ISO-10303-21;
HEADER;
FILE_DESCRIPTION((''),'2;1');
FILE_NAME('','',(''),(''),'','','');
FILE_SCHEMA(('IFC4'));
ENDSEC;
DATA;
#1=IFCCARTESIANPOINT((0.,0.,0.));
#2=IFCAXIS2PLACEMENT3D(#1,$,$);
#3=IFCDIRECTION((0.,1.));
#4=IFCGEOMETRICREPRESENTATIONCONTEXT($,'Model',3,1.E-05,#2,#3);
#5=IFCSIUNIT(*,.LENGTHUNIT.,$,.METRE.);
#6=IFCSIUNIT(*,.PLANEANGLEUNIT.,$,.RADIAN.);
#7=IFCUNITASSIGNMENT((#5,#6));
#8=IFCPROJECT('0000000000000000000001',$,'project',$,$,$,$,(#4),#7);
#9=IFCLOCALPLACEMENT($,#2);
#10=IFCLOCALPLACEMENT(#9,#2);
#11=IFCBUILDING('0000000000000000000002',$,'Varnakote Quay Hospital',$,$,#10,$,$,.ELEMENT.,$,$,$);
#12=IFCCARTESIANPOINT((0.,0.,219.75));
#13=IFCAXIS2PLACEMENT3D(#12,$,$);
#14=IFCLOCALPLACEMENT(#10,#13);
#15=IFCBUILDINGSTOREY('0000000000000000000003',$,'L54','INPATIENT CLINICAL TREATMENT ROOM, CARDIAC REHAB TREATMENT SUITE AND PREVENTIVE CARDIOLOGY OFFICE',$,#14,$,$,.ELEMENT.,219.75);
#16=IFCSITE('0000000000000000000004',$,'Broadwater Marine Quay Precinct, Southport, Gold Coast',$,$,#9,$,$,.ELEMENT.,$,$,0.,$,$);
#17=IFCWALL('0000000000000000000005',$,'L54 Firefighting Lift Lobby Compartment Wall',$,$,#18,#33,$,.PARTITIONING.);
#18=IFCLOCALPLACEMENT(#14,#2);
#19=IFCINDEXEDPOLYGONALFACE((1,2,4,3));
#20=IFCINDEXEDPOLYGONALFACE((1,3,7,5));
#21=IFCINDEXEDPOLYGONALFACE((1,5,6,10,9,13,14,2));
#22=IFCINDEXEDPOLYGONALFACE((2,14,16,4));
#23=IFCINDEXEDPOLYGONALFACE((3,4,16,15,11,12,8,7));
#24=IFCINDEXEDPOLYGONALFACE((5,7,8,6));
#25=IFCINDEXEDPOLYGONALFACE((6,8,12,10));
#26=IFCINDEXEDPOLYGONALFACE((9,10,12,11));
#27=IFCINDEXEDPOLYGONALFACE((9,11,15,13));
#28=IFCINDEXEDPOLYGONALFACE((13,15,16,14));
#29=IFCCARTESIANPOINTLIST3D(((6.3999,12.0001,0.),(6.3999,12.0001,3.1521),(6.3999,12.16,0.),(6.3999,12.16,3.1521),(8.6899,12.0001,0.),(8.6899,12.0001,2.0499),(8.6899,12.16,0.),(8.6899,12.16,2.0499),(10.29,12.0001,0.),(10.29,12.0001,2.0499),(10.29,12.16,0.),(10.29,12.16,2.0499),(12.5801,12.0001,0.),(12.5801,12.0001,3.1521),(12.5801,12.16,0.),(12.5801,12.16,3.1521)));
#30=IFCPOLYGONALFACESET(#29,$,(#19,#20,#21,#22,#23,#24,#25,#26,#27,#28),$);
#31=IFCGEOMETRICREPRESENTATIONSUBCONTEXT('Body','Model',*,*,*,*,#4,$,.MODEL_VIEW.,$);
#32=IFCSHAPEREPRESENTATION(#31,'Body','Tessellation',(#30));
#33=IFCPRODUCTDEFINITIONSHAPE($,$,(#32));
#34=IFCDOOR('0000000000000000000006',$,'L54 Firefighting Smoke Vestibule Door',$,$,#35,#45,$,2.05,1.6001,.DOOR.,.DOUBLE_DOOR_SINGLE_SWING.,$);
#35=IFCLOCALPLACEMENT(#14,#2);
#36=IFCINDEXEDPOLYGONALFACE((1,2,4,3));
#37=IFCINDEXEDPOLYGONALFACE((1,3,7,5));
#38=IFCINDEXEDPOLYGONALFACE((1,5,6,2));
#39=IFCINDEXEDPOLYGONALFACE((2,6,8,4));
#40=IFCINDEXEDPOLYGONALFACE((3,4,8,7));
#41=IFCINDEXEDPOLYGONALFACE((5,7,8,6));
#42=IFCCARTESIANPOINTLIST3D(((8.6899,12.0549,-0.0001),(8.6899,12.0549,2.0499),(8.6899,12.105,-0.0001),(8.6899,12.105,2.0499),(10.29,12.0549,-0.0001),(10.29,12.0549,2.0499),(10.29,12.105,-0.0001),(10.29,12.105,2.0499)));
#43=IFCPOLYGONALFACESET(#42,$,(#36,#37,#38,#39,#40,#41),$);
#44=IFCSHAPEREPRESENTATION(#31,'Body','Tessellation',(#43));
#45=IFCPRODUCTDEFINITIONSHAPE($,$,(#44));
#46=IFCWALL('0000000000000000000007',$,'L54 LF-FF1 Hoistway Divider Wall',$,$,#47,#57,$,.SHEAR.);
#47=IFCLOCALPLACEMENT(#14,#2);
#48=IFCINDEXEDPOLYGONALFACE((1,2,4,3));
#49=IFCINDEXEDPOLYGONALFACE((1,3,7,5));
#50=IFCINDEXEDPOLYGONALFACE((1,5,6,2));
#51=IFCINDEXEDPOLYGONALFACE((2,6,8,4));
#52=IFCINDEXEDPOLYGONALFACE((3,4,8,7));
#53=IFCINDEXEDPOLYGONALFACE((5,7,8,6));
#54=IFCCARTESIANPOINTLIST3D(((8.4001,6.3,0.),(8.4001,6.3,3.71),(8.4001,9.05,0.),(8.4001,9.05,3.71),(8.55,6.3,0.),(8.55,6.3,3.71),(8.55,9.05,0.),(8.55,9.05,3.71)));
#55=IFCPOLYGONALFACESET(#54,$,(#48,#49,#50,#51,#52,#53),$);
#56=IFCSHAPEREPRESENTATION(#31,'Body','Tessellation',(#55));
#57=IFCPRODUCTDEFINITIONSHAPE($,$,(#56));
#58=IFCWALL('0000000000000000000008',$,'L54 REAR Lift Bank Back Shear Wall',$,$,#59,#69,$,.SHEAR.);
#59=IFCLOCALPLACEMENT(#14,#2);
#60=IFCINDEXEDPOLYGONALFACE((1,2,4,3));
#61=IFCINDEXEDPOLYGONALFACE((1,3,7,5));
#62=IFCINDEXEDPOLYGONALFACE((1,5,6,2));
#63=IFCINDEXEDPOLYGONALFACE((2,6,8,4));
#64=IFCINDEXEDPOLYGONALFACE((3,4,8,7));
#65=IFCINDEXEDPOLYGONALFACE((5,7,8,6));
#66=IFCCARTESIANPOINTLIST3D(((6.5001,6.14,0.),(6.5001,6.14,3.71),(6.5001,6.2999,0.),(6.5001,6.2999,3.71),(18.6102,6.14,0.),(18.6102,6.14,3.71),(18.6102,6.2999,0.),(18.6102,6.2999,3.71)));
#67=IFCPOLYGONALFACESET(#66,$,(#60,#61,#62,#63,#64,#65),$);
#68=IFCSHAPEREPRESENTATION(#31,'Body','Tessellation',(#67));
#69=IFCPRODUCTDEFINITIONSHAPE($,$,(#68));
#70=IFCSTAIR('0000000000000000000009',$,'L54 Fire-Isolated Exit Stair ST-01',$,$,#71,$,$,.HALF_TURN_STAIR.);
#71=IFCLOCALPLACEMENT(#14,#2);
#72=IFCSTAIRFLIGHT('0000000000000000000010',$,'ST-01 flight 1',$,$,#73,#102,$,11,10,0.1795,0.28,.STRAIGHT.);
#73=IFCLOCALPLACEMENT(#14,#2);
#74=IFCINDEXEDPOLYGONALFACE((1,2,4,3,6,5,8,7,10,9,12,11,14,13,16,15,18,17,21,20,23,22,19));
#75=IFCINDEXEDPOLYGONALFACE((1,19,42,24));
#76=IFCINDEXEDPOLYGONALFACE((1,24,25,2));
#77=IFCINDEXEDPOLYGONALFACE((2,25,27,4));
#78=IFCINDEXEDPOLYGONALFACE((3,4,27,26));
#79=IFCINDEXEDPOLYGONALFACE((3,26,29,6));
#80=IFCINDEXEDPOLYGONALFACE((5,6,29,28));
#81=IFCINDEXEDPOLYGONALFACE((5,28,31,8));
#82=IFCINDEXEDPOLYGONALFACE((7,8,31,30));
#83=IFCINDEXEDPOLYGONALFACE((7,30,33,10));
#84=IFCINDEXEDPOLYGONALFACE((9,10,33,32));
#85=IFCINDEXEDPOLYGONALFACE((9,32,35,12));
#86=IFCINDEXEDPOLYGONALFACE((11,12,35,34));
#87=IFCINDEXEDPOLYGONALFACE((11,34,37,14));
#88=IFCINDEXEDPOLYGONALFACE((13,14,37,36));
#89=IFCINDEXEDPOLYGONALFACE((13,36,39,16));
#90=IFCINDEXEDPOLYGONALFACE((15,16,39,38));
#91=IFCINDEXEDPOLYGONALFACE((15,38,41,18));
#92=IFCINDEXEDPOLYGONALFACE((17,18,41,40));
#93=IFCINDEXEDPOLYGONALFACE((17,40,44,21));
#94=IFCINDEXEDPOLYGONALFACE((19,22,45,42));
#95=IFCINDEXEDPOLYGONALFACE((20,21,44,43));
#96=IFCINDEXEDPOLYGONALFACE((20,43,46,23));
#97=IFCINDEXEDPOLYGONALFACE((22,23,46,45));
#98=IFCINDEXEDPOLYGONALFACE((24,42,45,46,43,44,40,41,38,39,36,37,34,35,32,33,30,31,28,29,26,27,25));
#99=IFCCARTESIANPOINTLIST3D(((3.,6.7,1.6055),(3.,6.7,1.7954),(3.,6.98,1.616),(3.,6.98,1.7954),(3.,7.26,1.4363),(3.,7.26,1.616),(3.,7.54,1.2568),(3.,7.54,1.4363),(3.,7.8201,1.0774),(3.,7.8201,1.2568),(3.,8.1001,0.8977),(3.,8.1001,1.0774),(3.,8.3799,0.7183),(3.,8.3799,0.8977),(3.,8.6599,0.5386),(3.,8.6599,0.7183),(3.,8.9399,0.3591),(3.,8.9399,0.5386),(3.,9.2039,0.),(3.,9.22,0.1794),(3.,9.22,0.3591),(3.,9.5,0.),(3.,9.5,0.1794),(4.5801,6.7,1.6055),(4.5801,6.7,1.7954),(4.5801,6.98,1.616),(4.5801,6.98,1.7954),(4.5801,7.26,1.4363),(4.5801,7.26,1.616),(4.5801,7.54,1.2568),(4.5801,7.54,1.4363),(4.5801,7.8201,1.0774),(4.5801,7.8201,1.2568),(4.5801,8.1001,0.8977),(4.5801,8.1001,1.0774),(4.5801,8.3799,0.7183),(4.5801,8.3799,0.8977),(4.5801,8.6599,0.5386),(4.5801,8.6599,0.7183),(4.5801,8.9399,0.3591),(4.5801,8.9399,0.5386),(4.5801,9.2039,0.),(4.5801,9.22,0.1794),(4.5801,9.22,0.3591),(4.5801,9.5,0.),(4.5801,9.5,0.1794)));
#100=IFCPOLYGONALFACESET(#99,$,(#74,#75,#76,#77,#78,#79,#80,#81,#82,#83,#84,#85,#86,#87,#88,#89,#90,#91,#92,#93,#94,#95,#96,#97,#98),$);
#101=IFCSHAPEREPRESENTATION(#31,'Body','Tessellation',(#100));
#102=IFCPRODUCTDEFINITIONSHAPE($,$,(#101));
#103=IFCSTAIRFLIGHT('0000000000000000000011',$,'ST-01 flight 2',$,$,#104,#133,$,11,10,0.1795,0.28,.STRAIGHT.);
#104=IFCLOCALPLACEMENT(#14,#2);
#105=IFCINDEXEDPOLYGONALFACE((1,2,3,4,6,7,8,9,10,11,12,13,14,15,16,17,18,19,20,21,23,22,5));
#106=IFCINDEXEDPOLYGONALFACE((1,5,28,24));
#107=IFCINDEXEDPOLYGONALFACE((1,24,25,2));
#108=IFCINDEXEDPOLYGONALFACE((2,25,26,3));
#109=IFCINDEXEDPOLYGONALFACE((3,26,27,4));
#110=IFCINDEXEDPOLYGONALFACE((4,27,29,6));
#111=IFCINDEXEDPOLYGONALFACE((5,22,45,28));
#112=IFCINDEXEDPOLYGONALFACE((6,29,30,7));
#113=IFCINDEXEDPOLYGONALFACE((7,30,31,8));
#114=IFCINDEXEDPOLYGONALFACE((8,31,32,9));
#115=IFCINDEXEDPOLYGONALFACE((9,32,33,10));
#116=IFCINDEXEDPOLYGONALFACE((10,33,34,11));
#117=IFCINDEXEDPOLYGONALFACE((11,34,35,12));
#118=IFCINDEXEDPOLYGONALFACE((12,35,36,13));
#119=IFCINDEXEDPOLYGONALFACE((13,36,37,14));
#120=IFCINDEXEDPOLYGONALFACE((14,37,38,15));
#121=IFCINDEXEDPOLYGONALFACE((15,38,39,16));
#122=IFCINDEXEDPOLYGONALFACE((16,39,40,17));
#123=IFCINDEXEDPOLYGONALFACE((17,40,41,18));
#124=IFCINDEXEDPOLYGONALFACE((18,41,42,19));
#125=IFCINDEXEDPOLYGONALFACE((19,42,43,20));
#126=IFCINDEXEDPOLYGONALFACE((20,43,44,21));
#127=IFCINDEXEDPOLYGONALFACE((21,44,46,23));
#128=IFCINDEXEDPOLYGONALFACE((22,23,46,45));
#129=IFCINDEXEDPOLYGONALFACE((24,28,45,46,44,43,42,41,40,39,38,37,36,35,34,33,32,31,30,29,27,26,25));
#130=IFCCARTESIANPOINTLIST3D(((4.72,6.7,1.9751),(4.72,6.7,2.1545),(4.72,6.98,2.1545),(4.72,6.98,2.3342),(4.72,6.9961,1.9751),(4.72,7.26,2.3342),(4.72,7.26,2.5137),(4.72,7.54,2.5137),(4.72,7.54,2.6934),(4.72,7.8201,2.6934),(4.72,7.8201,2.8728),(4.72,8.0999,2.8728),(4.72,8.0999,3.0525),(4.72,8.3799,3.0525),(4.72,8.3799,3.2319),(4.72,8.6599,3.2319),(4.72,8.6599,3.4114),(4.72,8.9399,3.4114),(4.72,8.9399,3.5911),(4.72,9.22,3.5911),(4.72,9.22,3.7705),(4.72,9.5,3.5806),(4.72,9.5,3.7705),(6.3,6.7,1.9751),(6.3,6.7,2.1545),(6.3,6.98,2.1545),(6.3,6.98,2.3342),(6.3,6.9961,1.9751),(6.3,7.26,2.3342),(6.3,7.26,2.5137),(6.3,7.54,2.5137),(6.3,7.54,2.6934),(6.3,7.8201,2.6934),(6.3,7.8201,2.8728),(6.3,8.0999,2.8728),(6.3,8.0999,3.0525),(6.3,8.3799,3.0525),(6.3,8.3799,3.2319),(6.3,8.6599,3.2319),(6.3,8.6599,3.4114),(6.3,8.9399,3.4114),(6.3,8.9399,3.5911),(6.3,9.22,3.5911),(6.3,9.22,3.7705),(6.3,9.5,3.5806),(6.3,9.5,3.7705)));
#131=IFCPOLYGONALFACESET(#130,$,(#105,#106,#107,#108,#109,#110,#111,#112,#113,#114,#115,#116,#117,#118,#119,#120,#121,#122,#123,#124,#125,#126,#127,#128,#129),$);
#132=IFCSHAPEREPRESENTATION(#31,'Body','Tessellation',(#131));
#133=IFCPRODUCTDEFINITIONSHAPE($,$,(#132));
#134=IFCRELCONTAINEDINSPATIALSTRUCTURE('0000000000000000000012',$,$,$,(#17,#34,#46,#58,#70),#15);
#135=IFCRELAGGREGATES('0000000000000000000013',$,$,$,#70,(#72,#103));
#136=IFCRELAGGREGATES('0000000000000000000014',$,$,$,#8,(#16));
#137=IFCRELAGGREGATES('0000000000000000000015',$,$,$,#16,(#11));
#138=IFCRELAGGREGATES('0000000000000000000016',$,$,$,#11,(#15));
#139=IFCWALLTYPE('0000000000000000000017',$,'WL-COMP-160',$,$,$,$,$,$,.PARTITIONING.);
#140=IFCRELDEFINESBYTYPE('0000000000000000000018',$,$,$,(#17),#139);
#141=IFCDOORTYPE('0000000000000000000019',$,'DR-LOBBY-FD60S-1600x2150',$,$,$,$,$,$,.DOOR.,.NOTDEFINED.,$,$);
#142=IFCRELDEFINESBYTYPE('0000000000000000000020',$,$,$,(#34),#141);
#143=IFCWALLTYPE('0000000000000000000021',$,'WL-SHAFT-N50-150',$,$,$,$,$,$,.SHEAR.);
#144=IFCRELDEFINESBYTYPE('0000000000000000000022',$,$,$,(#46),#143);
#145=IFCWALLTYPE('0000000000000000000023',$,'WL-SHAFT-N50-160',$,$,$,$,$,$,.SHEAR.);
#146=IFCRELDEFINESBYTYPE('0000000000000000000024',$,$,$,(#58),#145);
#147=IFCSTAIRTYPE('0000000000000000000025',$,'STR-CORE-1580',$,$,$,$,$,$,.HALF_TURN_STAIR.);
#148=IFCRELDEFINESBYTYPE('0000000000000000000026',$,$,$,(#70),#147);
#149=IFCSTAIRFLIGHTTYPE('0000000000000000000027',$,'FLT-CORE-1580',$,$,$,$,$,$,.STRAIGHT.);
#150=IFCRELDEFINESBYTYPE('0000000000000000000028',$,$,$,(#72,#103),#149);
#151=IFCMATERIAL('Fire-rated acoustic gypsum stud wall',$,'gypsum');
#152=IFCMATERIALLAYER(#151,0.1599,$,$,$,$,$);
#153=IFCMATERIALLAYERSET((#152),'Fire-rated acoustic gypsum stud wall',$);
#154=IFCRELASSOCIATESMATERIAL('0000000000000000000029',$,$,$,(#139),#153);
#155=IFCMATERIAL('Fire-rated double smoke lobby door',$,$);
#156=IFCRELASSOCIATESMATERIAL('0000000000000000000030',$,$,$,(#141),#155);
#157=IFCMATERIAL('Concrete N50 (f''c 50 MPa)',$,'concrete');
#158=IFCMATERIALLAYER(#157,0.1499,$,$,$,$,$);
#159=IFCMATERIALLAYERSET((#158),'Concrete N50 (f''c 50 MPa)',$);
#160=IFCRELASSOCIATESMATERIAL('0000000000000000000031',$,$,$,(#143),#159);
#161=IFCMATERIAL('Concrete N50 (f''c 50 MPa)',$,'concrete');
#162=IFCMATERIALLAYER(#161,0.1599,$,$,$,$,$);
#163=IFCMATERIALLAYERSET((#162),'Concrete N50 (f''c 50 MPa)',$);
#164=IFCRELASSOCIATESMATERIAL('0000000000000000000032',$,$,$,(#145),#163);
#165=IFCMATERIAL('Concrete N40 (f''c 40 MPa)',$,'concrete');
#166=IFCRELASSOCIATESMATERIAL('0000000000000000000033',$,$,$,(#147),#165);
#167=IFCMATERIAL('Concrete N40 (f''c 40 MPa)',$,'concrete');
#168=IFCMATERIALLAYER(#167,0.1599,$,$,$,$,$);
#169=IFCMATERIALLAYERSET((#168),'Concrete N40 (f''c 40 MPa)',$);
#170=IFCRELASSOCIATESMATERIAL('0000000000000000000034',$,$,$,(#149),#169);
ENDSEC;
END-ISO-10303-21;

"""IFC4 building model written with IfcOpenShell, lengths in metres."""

from ifc_helpers import new_model, si_unit, direction, frame, frame_2d, origin, place, context, subcontext, project, spatial, polyline, rectangle, outline, extrude, material, layer, layer_set, type_object, element, fill, aggregate, save


model = new_model("IFC4")

# Units and contexts
model_context = context("Model", 3, precision=1e-05, world=origin(), true_north=direction((0.0, 1.0)))
body_context = subcontext(model_context, "Body", "Model", "MODEL_VIEW")
ifc_project = project(units=[si_unit("LENGTHUNIT", "METRE"), si_unit("PLANEANGLEUNIT", "RADIAN")], contexts=[model_context])

# Site, building, storey
site_placement = place(None, origin())
site = spatial("IfcSite", under=ifc_project, at=site_placement, Name="Broadwater Marine Quay Precinct, Southport, Gold Coast", CompositionType="ELEMENT", RefElevation=0.0)
building_placement = place(site_placement, origin())
building = spatial("IfcBuilding", under=site, at=building_placement, Name="Varnakote Quay Hospital", CompositionType="ELEMENT")
storey_placement = place(building_placement, frame((0.0, 0.0, 219.75)))
storey = spatial("IfcBuildingStorey", under=building, at=storey_placement, Name="L54", Description="INPATIENT CLINICAL TREATMENT ROOM, CARDIAC REHAB TREATMENT SUITE AND PREVENTIVE CARDIOLOGY OFFICE", CompositionType="ELEMENT", Elevation=219.75)

# Shared definitions
ifc_material_1 = material(Name="Fire-rated acoustic gypsum stud wall", Category="gypsum")
ifc_layer_1 = layer(ifc_material_1, 0.1599)
ifc_layer_set_1 = layer_set([ifc_layer_1], Name="Fire-rated acoustic gypsum stud wall")
wall_type_1 = type_object("IfcWallType", Name="WL-COMP-160", PredefinedType="PARTITIONING", material=ifc_layer_set_1)

# Shared definitions
ifc_material_2 = material(Name="Fire-rated double smoke lobby door")
door_type_1 = type_object("IfcDoorType", Name="DR-LOBBY-FD60S-1600x2150", OperationType="NOTDEFINED", PredefinedType="DOOR", material=ifc_material_2)

# Wall, opening, door
wall_1_placement = place(storey_placement, frame((6.3999, 12.0801, 0.0), z_axis=(0.0, 0.0, 1.0), x_axis=(1.0, 0.0, 0.0)))
wall_1 = element("IfcWall", 1, at=wall_1_placement, inside=storey, type_object=wall_type_1, Name="L54 Firefighting Lift Lobby Compartment Wall", PredefinedType="PARTITIONING", context=body_context, shape_type="SweptSolid", body=[
    extrude(rectangle(XDim=6.1802, YDim=0.1599, at=frame_2d((3.0901, 0.0))), origin(), (0.0, 0.0, 1.0), 3.1521),
])
opening_1_placement = place(wall_1_placement, frame((2.29, 0.0, 0.0)))
opening_1 = element("IfcOpeningElement", 2, at=opening_1_placement, cuts=wall_1, PredefinedType="OPENING", context=body_context, shape_type="SweptSolid", body=[
    extrude(rectangle(XDim=1.6001, YDim=2.05, at=frame_2d((0.8, 1.0249))), frame((0.0, 0.0898, 0.0), z_axis=(0.0, -1.0, 0.0), x_axis=(1.0, 0.0, 0.0)), (0.0, 0.0, 1.0), 0.1799),
])
door_1_placement = place(opening_1_placement, origin())
door_1 = element("IfcDoor", 3, at=door_1_placement, inside=storey, type_object=door_type_1, Name="L54 Firefighting Smoke Vestibule Door", OperationType="DOUBLE_DOOR_SINGLE_SWING", OverallHeight=2.05, OverallWidth=1.6001, PredefinedType="DOOR", context=body_context, shape_type="SweptSolid", body=[
    extrude(rectangle(XDim=1.6001, YDim=2.05, at=frame_2d((0.8, 1.0249))), frame((0.0, 0.0249, 0.0), z_axis=(0.0, -1.0, 0.0), x_axis=(1.0, 0.0, 0.0)), (0.0, 0.0, 1.0), 0.05),
])
fill(opening_1, door_1)

# Walls
ifc_material_3 = material(Name="Concrete N50 (f'c 50 MPa)", Category="concrete")
ifc_layer_2 = layer(ifc_material_3, 0.1499)
ifc_layer_set_2 = layer_set([ifc_layer_2], Name="Concrete N50 (f'c 50 MPa)")
wall_type_2 = type_object("IfcWallType", Name="WL-SHAFT-N50-150", PredefinedType="SHEAR", material=ifc_layer_set_2)
wall_2_placement = place(storey_placement, frame((8.4751, 6.3, 0.0), z_axis=(0.0, 0.0, 1.0), x_axis=(0.0, 1.0, 0.0)))
element("IfcWall", 4, at=wall_2_placement, inside=storey, type_object=wall_type_2, Name="L54 LF-FF1 Hoistway Divider Wall", PredefinedType="SHEAR", context=body_context, shape_type="SweptSolid", body=[
    extrude(rectangle(XDim=2.75, YDim=0.1499, at=frame_2d((1.375, 0.0))), origin(), (0.0, 0.0, 1.0), 3.71),
])
ifc_material_4 = material(Name="Concrete N50 (f'c 50 MPa)", Category="concrete")
ifc_layer_3 = layer(ifc_material_4, 0.1599)
ifc_layer_set_3 = layer_set([ifc_layer_3], Name="Concrete N50 (f'c 50 MPa)")
wall_type_3 = type_object("IfcWallType", Name="WL-SHAFT-N50-160", PredefinedType="SHEAR", material=ifc_layer_set_3)
wall_3_placement = place(storey_placement, frame((6.5, 6.22, 0.0), z_axis=(0.0, 0.0, 1.0), x_axis=(1.0, 0.0, 0.0)))
element("IfcWall", 5, at=wall_3_placement, inside=storey, type_object=wall_type_3, Name="L54 REAR Lift Bank Back Shear Wall", PredefinedType="SHEAR", context=body_context, shape_type="SweptSolid", body=[
    extrude(rectangle(XDim=12.1101, YDim=0.1599, at=frame_2d((6.0552, 0.0))), origin(), (0.0, 0.0, 1.0), 3.71),
])

# Stair, stair flights
ifc_material_5 = material(Name="Concrete N40 (f'c 40 MPa)", Category="concrete")
stair_type = type_object("IfcStairType", Name="STR-CORE-1580", PredefinedType="HALF_TURN_STAIR", material=ifc_material_5)
stair_placement = place(storey_placement, origin())
stair = element("IfcStair", 6, at=stair_placement, inside=storey, type_object=stair_type, Name="L54 Fire-Isolated Exit Stair ST-01", PredefinedType="HALF_TURN_STAIR")
ifc_material_6 = material(Name="Concrete N40 (f'c 40 MPa)", Category="concrete")
ifc_layer_4 = layer(ifc_material_6, 0.1599)
ifc_layer_set_4 = layer_set([ifc_layer_4], Name="Concrete N40 (f'c 40 MPa)")
stair_flight_type = type_object("IfcStairFlightType", Name="FLT-CORE-1580", PredefinedType="STRAIGHT", material=ifc_layer_set_4)
stair_flight_1_placement = place(storey_placement, frame((3.79, 9.5, 0.0), z_axis=(0.0, 0.0, 1.0), x_axis=(0.0, -1.0, 0.0)))
stair_flight_1 = element("IfcStairFlight", 7, at=stair_flight_1_placement, type_object=stair_flight_type, Name="ST-01 flight 1", NumberOfRisers=11, NumberOfTreads=10, PredefinedType="STRAIGHT", RiserHeight=0.1795, TreadLength=0.28, context=body_context, shape_type="SweptSolid", body=[
    extrude(outline(polyline([(0.0, 0.0), (0.0, 0.1794), (0.28, 0.1794), (0.28, 0.3591), (0.5601, 0.3591), (0.5601, 0.5386), (0.8401, 0.5386), (0.8401, 0.7183), (1.1201, 0.7183), (1.1201, 0.8977), (1.3999, 0.8977), (1.3999, 1.0774), (1.6799, 1.0774), (1.6799, 1.2568), (1.96, 1.2568), (1.96, 1.4363), (2.24, 1.4363), (2.24, 1.616), (2.52, 1.616), (2.52, 1.7954), (2.8, 1.7954), (2.8, 1.9751), (2.8, 1.6055), (0.2961, 0.0), (0.0, 0.0)])), frame((0.0, 0.79, 0.0), z_axis=(0.0, -1.0, 0.0), x_axis=(1.0, 0.0, 0.0)), (0.0, 0.0, 1.0), 1.5801),
])
stair_flight_2_placement = place(storey_placement, frame((5.51, 6.7, 1.9751), z_axis=(0.0, 0.0, 1.0), x_axis=(0.0, 1.0, 0.0)))
stair_flight_2 = element("IfcStairFlight", 8, at=stair_flight_2_placement, type_object=stair_flight_type, Name="ST-01 flight 2", NumberOfRisers=11, NumberOfTreads=10, PredefinedType="STRAIGHT", RiserHeight=0.1795, TreadLength=0.28, context=body_context, shape_type="SweptSolid", body=[
    extrude(outline(polyline([(0.0, 0.0), (0.0, 0.1794), (0.28, 0.1794), (0.28, 0.3591), (0.5601, 0.3591), (0.5601, 0.5386), (0.8401, 0.5386), (0.8401, 0.7183), (1.1201, 0.7183), (1.1201, 0.8977), (1.3999, 0.8977), (1.3999, 1.0774), (1.6799, 1.0774), (1.6799, 1.2568), (1.96, 1.2568), (1.96, 1.4363), (2.24, 1.4363), (2.24, 1.616), (2.52, 1.616), (2.52, 1.7954), (2.8, 1.7954), (2.8, 1.9751), (2.8, 1.6055), (0.2961, 0.0), (0.0, 0.0)])), frame((0.0, 0.79, 0.0), z_axis=(0.0, -1.0, 0.0), x_axis=(1.0, 0.0, 0.0)), (0.0, 0.0, 1.0), 1.5801),
])
aggregate(stair, [stair_flight_1, stair_flight_2])

save(model, "model.ifc")
